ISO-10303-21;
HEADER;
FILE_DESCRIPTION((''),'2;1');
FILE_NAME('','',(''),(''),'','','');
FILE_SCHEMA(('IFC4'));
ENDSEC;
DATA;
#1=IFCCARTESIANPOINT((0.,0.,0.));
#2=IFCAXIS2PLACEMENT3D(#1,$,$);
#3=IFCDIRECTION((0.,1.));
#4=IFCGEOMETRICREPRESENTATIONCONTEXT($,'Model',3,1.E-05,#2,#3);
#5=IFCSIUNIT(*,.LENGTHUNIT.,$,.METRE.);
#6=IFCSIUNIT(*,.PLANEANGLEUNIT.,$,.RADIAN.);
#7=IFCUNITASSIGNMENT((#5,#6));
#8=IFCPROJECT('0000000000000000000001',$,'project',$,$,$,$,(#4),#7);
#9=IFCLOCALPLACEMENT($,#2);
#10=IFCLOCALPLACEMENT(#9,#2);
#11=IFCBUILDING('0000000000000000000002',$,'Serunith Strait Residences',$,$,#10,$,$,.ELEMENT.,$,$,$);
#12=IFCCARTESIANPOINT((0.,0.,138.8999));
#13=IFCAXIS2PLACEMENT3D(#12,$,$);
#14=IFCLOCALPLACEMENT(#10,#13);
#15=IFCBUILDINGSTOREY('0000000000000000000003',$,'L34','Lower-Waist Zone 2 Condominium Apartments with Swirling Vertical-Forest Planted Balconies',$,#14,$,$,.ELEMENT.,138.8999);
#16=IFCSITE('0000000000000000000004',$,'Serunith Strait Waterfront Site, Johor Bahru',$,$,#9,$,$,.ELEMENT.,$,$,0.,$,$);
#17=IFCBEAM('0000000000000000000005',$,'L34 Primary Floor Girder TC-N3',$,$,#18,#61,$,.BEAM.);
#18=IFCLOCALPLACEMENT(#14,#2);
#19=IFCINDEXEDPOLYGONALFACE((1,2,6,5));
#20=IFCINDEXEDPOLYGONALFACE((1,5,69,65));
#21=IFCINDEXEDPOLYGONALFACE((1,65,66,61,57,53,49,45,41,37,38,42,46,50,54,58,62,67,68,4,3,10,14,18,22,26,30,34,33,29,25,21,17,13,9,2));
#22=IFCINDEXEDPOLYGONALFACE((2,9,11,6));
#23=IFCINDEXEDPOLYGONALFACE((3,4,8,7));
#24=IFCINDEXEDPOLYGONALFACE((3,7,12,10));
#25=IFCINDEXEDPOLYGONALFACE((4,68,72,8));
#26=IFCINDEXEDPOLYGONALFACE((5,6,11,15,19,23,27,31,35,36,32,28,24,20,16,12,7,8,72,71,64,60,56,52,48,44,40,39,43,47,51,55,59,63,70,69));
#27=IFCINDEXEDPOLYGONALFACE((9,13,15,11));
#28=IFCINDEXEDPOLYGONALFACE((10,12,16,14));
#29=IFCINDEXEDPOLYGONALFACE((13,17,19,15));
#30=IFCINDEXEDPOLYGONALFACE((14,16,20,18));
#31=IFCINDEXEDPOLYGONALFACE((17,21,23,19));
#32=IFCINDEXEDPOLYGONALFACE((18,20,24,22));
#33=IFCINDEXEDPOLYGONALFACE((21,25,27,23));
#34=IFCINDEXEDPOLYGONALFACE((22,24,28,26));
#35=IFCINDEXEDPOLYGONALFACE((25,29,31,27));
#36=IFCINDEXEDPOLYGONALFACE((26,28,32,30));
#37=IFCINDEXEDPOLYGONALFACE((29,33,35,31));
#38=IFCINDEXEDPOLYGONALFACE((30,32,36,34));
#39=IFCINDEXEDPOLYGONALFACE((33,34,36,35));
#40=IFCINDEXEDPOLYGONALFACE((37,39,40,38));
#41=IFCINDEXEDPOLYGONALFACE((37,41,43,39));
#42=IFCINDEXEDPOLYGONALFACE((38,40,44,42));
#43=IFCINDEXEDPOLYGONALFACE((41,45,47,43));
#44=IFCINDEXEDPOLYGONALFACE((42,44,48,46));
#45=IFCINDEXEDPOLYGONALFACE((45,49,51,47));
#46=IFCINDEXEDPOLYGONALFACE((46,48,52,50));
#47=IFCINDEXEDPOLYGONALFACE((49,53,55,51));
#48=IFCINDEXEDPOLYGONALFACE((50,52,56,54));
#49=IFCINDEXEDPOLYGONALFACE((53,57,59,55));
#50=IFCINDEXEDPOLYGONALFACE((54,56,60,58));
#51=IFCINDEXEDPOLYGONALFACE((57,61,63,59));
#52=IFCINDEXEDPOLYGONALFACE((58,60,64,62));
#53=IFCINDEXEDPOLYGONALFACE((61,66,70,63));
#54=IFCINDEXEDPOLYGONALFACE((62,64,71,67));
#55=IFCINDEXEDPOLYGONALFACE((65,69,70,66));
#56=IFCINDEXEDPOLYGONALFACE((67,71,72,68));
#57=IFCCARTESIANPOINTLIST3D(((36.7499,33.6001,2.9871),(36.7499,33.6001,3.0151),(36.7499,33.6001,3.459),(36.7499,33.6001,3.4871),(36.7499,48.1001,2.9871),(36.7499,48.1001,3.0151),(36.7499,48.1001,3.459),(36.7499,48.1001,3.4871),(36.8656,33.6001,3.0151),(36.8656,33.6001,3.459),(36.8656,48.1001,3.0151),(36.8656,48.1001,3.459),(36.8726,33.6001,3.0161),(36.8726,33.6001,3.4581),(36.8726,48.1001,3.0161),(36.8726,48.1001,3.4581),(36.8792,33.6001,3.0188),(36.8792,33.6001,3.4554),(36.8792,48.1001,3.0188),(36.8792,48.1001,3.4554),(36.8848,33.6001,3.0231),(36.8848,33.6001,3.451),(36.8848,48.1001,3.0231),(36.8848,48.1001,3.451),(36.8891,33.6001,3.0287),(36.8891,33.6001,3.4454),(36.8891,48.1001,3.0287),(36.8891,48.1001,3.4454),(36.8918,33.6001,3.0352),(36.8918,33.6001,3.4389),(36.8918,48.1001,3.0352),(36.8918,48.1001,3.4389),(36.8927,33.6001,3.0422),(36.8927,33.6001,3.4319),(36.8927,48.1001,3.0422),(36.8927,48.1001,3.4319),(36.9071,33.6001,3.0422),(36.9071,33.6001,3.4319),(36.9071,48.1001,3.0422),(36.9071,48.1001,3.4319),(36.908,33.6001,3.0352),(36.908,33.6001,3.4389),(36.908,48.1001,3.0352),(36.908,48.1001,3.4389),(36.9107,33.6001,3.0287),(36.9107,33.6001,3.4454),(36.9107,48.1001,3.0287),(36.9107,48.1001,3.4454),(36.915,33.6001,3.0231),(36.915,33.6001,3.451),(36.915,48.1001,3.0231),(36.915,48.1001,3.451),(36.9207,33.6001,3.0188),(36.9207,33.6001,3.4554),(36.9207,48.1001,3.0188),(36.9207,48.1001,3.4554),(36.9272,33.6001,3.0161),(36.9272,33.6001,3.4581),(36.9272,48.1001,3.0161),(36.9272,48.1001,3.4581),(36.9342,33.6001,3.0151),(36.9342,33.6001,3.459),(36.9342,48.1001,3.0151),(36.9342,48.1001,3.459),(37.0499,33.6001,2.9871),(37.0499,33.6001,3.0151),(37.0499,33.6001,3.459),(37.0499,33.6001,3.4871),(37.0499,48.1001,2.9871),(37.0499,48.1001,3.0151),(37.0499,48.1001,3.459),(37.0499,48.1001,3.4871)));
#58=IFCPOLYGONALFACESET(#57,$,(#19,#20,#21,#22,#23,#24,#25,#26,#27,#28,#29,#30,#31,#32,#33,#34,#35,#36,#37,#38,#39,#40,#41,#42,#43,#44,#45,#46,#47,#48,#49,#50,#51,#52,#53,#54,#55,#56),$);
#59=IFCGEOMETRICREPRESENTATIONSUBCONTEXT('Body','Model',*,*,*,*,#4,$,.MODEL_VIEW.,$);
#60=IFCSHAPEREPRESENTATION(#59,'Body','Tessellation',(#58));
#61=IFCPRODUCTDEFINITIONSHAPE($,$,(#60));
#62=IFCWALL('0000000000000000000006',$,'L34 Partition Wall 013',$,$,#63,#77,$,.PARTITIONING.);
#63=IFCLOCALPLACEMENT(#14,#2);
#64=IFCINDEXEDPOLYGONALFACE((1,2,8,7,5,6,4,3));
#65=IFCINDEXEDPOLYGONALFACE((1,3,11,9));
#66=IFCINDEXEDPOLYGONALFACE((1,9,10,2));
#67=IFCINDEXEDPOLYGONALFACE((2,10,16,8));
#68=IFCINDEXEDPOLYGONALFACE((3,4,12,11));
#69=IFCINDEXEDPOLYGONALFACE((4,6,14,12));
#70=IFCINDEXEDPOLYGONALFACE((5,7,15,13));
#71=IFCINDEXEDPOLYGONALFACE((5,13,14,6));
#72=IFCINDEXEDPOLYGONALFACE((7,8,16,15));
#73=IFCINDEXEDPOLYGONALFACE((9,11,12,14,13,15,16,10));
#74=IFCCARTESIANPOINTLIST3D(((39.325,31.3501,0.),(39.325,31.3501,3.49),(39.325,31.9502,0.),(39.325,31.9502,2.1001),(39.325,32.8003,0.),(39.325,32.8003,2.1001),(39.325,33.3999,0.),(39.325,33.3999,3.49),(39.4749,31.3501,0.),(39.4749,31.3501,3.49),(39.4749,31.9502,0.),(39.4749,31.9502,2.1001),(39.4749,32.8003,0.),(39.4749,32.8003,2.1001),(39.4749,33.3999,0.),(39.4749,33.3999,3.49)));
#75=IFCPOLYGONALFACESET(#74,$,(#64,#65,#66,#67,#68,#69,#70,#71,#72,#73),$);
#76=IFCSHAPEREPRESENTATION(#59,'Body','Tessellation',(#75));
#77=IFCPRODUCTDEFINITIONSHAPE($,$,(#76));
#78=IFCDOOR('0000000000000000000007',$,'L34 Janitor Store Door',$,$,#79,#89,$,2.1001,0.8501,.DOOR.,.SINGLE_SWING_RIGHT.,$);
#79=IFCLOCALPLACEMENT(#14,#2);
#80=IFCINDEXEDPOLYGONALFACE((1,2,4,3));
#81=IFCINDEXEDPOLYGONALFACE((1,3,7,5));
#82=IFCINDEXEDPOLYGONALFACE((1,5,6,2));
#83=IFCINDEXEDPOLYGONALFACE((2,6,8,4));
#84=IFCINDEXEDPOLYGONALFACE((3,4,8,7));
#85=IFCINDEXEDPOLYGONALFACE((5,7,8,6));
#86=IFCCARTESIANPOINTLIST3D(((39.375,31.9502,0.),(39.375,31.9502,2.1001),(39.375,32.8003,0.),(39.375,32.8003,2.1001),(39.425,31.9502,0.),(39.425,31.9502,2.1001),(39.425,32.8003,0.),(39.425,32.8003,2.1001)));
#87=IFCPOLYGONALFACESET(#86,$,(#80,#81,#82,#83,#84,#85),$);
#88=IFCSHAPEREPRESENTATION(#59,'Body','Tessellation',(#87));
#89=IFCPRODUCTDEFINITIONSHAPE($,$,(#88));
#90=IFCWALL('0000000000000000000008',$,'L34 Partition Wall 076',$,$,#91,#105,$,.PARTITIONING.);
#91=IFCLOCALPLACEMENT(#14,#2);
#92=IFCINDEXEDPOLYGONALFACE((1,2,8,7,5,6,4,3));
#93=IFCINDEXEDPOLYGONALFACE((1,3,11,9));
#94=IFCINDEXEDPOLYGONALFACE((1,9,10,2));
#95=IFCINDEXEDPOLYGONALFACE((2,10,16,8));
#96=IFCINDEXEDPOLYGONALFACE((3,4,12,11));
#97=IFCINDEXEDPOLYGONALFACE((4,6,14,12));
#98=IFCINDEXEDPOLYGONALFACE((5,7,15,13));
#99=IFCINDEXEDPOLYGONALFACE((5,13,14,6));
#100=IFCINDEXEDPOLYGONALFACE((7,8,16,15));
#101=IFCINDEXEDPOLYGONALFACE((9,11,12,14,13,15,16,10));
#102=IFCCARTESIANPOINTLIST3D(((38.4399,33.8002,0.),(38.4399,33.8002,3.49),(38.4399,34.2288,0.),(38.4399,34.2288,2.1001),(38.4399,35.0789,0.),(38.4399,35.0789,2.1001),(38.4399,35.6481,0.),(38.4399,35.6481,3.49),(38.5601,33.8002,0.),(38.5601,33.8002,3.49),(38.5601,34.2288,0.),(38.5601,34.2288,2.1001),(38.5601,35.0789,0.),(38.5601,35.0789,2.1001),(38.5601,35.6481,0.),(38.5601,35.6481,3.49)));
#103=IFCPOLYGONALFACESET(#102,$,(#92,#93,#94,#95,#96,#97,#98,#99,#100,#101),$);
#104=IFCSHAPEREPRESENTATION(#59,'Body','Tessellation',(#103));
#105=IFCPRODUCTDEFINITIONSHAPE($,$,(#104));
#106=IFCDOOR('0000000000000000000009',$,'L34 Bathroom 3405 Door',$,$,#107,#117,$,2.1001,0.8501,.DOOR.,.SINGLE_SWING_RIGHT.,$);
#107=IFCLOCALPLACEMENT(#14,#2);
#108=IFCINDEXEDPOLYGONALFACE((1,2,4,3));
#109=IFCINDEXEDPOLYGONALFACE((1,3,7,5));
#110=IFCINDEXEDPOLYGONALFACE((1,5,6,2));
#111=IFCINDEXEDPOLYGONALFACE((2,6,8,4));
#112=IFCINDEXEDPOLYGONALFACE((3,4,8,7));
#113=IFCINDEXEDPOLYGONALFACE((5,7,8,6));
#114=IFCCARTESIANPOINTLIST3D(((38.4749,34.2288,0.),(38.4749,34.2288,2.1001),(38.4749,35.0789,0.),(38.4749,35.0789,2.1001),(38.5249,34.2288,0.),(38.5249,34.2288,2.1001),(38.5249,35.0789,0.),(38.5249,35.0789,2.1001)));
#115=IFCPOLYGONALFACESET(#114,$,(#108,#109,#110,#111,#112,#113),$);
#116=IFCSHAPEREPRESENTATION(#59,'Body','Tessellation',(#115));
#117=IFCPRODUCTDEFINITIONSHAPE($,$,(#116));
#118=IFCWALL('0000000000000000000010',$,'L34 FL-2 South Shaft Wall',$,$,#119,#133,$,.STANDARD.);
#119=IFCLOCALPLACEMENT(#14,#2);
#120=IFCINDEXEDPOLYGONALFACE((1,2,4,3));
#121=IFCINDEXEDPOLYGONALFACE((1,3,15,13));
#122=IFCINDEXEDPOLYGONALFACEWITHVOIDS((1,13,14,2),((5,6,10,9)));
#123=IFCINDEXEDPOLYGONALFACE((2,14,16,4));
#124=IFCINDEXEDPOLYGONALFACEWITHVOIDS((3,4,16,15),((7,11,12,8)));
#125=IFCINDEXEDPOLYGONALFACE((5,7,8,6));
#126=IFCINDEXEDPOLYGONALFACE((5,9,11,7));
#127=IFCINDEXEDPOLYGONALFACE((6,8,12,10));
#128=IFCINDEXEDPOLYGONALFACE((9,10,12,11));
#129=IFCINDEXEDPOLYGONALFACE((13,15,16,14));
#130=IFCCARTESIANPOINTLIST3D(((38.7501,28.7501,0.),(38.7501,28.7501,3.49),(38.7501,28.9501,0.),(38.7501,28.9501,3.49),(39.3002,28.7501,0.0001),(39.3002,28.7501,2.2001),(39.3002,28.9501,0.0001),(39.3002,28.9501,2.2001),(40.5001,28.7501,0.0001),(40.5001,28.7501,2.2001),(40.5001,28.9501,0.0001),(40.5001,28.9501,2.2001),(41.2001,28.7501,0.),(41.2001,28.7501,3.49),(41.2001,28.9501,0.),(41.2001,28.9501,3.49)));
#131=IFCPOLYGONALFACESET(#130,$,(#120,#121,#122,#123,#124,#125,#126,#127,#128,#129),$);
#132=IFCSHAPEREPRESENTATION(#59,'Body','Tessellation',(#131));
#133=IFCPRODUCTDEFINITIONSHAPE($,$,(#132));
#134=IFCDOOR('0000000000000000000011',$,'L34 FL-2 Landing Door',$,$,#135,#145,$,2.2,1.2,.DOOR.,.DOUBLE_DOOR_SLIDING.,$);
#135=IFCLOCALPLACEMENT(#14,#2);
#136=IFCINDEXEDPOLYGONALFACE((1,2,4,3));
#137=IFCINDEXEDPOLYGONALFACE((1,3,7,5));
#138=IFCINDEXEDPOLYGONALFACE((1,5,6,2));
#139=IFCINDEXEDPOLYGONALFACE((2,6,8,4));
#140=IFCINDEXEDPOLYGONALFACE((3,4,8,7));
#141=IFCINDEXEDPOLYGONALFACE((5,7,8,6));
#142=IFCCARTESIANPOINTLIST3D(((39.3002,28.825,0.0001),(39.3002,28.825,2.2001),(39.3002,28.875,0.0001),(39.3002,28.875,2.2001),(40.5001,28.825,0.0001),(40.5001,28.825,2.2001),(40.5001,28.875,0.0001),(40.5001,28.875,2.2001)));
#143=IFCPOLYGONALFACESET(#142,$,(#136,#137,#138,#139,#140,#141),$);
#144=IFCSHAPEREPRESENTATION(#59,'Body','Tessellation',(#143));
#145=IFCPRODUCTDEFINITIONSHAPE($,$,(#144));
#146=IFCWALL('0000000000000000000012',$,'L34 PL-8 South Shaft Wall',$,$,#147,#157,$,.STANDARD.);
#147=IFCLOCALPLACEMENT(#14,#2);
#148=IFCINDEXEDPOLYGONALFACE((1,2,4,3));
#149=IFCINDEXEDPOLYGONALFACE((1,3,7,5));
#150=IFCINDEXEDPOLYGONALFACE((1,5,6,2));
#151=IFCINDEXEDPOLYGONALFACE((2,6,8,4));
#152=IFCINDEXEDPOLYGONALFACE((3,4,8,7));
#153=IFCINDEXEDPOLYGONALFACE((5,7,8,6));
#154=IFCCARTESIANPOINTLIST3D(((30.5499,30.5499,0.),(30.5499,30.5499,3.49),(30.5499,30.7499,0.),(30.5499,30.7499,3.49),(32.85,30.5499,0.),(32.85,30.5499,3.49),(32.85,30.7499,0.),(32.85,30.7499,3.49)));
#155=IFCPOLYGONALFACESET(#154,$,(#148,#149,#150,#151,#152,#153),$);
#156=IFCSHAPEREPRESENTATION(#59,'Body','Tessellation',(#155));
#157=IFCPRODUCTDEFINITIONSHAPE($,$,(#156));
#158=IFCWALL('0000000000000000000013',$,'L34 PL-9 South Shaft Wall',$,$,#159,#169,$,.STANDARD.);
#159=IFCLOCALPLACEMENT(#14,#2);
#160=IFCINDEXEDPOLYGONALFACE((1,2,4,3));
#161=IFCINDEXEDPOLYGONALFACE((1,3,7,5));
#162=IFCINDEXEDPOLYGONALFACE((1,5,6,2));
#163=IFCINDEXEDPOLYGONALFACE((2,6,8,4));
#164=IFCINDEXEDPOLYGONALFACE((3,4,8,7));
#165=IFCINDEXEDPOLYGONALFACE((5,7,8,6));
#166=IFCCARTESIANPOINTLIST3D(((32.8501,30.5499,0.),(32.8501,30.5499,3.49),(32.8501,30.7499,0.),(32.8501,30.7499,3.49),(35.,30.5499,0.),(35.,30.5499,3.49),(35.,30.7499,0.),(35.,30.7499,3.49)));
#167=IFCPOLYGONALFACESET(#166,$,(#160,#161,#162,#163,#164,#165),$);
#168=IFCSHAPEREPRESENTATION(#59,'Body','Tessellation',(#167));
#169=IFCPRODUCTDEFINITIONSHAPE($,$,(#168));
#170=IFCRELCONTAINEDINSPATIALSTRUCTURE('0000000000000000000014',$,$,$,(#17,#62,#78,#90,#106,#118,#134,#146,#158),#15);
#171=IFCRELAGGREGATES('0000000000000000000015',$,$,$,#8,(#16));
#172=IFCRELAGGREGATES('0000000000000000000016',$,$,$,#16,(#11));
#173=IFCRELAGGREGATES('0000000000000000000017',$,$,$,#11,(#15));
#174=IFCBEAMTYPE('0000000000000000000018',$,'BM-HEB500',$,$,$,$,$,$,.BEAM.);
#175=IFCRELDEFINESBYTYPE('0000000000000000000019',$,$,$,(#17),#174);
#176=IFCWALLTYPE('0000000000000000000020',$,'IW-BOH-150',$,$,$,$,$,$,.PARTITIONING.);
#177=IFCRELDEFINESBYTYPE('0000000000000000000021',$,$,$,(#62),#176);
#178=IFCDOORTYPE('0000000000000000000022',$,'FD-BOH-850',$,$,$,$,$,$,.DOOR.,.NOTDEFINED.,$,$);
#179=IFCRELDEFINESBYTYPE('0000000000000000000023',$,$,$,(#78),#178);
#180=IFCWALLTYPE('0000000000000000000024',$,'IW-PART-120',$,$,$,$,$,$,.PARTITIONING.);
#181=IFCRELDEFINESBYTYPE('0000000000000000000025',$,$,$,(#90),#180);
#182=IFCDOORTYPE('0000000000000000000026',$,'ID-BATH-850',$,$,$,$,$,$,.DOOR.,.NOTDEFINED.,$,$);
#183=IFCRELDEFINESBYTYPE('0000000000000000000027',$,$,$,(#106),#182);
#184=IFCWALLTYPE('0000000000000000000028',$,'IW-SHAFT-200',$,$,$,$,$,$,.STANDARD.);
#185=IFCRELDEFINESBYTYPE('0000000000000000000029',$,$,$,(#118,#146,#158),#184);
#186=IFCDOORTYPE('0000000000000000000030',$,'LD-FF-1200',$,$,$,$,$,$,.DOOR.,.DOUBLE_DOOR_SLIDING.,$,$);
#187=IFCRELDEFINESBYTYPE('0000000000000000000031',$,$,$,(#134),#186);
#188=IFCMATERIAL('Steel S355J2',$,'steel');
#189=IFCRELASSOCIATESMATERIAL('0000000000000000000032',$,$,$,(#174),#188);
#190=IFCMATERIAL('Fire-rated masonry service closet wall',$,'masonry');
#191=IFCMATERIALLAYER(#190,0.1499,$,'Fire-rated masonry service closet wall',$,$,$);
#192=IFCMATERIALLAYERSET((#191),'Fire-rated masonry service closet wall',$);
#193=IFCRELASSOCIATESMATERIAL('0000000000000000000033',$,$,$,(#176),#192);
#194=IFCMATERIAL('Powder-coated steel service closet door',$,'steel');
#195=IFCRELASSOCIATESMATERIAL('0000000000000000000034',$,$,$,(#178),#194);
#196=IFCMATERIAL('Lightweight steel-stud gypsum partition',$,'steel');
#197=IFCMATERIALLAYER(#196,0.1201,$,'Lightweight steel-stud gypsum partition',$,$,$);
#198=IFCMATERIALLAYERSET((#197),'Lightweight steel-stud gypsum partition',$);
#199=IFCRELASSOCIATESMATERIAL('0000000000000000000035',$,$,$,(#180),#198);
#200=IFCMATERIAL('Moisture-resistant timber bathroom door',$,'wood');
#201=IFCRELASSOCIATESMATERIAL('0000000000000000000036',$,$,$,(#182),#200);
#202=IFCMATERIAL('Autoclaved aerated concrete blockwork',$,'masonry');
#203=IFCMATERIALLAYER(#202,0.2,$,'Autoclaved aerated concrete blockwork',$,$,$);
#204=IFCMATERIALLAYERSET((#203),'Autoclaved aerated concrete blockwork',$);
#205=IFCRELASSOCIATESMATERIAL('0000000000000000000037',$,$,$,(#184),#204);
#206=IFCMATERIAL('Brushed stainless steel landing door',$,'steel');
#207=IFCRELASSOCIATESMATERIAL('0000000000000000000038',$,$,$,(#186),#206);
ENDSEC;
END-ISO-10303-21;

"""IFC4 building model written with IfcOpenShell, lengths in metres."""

from ifc_helpers import new_model, si_unit, direction, frame, frame_2d, origin, origin_2d, place, context, subcontext, project, spatial, rectangle, i_section, extrude, source, transform, mapped, material, layer, layer_set, material_profile, profile_set, type_object, element, fill, save


model = new_model("IFC4")

# Units and contexts
model_context = context("Model", 3, precision=1e-05, world=origin(), true_north=direction((0.0, 1.0)))
body_context = subcontext(model_context, "Body", "Model", "MODEL_VIEW")
ifc_project = project(units=[si_unit("LENGTHUNIT", "METRE"), si_unit("PLANEANGLEUNIT", "RADIAN")], contexts=[model_context])

# Site, building, storey
site_placement = place(None, origin())
site = spatial("IfcSite", under=ifc_project, at=site_placement, Name="Serunith Strait Waterfront Site, Johor Bahru", CompositionType="ELEMENT", RefElevation=0.0)
building_placement = place(site_placement, origin())
building = spatial("IfcBuilding", under=site, at=building_placement, Name="Serunith Strait Residences", CompositionType="ELEMENT")
storey_placement = place(building_placement, frame((0.0, 0.0, 138.8999)))
storey = spatial("IfcBuildingStorey", under=building, at=storey_placement, Name="L34", Description="Lower-Waist Zone 2 Condominium Apartments with Swirling Vertical-Forest Planted Balconies", CompositionType="ELEMENT", Elevation=138.8999)

# Beam
ifc_material_1 = material(Name="Steel S355J2", Category="steel")
ifc_material_profile = material_profile(ifc_material_1, i_section(OverallWidth=0.3, OverallDepth=0.5, WebThickness=0.0144, FlangeThickness=0.0281, FilletRadius=0.0271, at=origin_2d()), Name="HEB 500")
ifc_profile_set = profile_set([ifc_material_profile], Name="Steel S355J2")
beam_type = type_object("IfcBeamType", Name="BM-HEB500", PredefinedType="BEAM", material=ifc_profile_set)
shared_shape_1 = source(origin(), body_context, "Body", "SweptSolid", [
    extrude(i_section(OverallWidth=0.3, OverallDepth=0.5, WebThickness=0.0144, FlangeThickness=0.0281, FilletRadius=0.0271, at=origin_2d()), origin(), (0.0, 0.0, 1.0), 14.5),
])
beam_placement = place(storey_placement, frame((36.8999, 33.6001, 3.2371), z_axis=(0.0, 1.0, 0.0), x_axis=(-1.0, 0.0, 0.0)))
element("IfcBeam", 1, at=beam_placement, inside=storey, type_object=beam_type, Name="L34 Primary Floor Girder TC-N3", PredefinedType="BEAM", context=body_context, shape_type="MappedRepresentation", body=[
    mapped(shared_shape_1, transform((0.0, 0.0, 0.0), scale=1.0)),
])

# Walls, openings, doors
ifc_material_2 = material(Name="Fire-rated masonry service closet wall", Category="masonry")
ifc_layer_1 = layer(ifc_material_2, 0.1499, Name="Fire-rated masonry service closet wall")
ifc_layer_set_1 = layer_set([ifc_layer_1], Name="Fire-rated masonry service closet wall")
wall_type_1 = type_object("IfcWallType", Name="IW-BOH-150", PredefinedType="PARTITIONING", material=ifc_layer_set_1)
wall_1_placement = place(storey_placement, frame((39.3999, 31.3501, 0.0), z_axis=(0.0, 0.0, 1.0), x_axis=(0.0, 1.0, 0.0)))
wall_1 = element("IfcWall", 2, at=wall_1_placement, inside=storey, type_object=wall_type_1, Name="L34 Partition Wall 013", PredefinedType="PARTITIONING", context=body_context, shape_type="SweptSolid", body=[
    extrude(rectangle(XDim=2.0498, YDim=0.1499, at=frame_2d((1.0249, 0.0))), origin(), (0.0, 0.0, 1.0), 3.49),
])
opening_1_placement = place(wall_1_placement, frame((0.6001, 0.0, 0.0)))
opening_1 = element("IfcOpeningElement", 3, at=opening_1_placement, cuts=wall_1, PredefinedType="OPENING", context=body_context, shape_type="SweptSolid", body=[
    extrude(rectangle(XDim=0.8501, YDim=2.1001, at=frame_2d((0.425, 1.05))), frame((0.0, 0.085, 0.0), z_axis=(0.0, -1.0, 0.0), x_axis=(1.0, 0.0, 0.0)), (0.0, 0.0, 1.0), 0.1699),
])
ifc_material_3 = material(Name="Powder-coated steel service closet door", Category="steel")
door_type_1 = type_object("IfcDoorType", Name="FD-BOH-850", OperationType="NOTDEFINED", PredefinedType="DOOR", material=ifc_material_3)
shared_shape_2 = source(origin(), body_context, "Body", "SweptSolid", [
    extrude(rectangle(XDim=0.8501, YDim=2.1001, at=frame_2d((0.425, 1.05))), frame((0.0, 0.0249, 0.0), z_axis=(0.0, -1.0, 0.0), x_axis=(1.0, 0.0, 0.0)), (0.0, 0.0, 1.0), 0.05),
])
door_1_placement = place(opening_1_placement, origin())
door_1 = element("IfcDoor", 4, at=door_1_placement, inside=storey, type_object=door_type_1, Name="L34 Janitor Store Door", OperationType="SINGLE_SWING_RIGHT", OverallHeight=2.1001, OverallWidth=0.8501, PredefinedType="DOOR", context=body_context, shape_type="MappedRepresentation", body=[
    mapped(shared_shape_2, transform((0.0, 0.0, 0.0), scale=1.0)),
])
fill(opening_1, door_1)
ifc_material_4 = material(Name="Lightweight steel-stud gypsum partition", Category="steel")
ifc_layer_2 = layer(ifc_material_4, 0.1201, Name="Lightweight steel-stud gypsum partition")
ifc_layer_set_2 = layer_set([ifc_layer_2], Name="Lightweight steel-stud gypsum partition")
wall_type_2 = type_object("IfcWallType", Name="IW-PART-120", PredefinedType="PARTITIONING", material=ifc_layer_set_2)
wall_2_placement = place(storey_placement, frame((38.5, 35.6479, 0.0), z_axis=(0.0, 0.0, 1.0), x_axis=(0.0, -1.0, 0.0)))
wall_2 = element("IfcWall", 5, at=wall_2_placement, inside=storey, type_object=wall_type_2, Name="L34 Partition Wall 076", PredefinedType="PARTITIONING", context=body_context, shape_type="SweptSolid", body=[
    extrude(rectangle(XDim=1.8479, YDim=0.1201, at=frame_2d((0.9238, 0.0))), origin(), (0.0, 0.0, 1.0), 3.49),
])
opening_2_placement = place(wall_2_placement, frame((0.5691, 0.0, 0.0)))
opening_2 = element("IfcOpeningElement", 6, at=opening_2_placement, cuts=wall_2, PredefinedType="OPENING", context=body_context, shape_type="SweptSolid", body=[
    extrude(rectangle(XDim=0.8501, YDim=2.1001, at=frame_2d((0.425, 1.05))), frame((0.0, 0.0701, 0.0), z_axis=(0.0, -1.0, 0.0), x_axis=(1.0, 0.0, 0.0)), (0.0, 0.0, 1.0), 0.1401),
])
ifc_material_5 = material(Name="Moisture-resistant timber bathroom door", Category="wood")
door_type_2 = type_object("IfcDoorType", Name="ID-BATH-850", OperationType="NOTDEFINED", PredefinedType="DOOR", material=ifc_material_5)
door_2_placement = place(opening_2_placement, origin())
door_2 = element("IfcDoor", 7, at=door_2_placement, inside=storey, type_object=door_type_2, Name="L34 Bathroom 3405 Door", OperationType="SINGLE_SWING_RIGHT", OverallHeight=2.1001, OverallWidth=0.8501, PredefinedType="DOOR", context=body_context, shape_type="MappedRepresentation", body=[
    mapped(shared_shape_2, transform((0.0, 0.0, 0.0), scale=1.0)),
])
fill(opening_2, door_2)
ifc_material_6 = material(Name="Autoclaved aerated concrete blockwork", Category="masonry")
ifc_layer_3 = layer(ifc_material_6, 0.2, Name="Autoclaved aerated concrete blockwork")
ifc_layer_set_3 = layer_set([ifc_layer_3], Name="Autoclaved aerated concrete blockwork")
wall_type_3 = type_object("IfcWallType", Name="IW-SHAFT-200", PredefinedType="STANDARD", material=ifc_layer_set_3)
wall_3_placement = place(storey_placement, frame((38.75, 28.8501, 0.0), z_axis=(0.0, 0.0, 1.0), x_axis=(1.0, 0.0, 0.0)))
wall_3 = element("IfcWall", 8, at=wall_3_placement, inside=storey, type_object=wall_type_3, Name="L34 FL-2 South Shaft Wall", PredefinedType="STANDARD", context=body_context, shape_type="SweptSolid", body=[
    extrude(rectangle(XDim=2.45, YDim=0.2, at=frame_2d((1.2251, 0.0))), origin(), (0.0, 0.0, 1.0), 3.49),
])
opening_3_placement = place(wall_3_placement, frame((0.55, 0.0, 0.0)))
opening_3 = element("IfcOpeningElement", 9, at=opening_3_placement, cuts=wall_3, PredefinedType="OPENING", context=body_context, shape_type="SweptSolid", body=[
    extrude(rectangle(XDim=1.2, YDim=2.2, at=frame_2d((0.6001, 1.1001))), frame((0.0, 0.1099, 0.0), z_axis=(0.0, -1.0, 0.0), x_axis=(1.0, 0.0, 0.0)), (0.0, 0.0, 1.0), 0.22),
])
ifc_material_7 = material(Name="Brushed stainless steel landing door", Category="steel")
door_type_3 = type_object("IfcDoorType", Name="LD-FF-1200", OperationType="DOUBLE_DOOR_SLIDING", PredefinedType="DOOR", material=ifc_material_7)
shared_shape_3 = source(origin(), body_context, "Body", "SweptSolid", [
    extrude(rectangle(XDim=1.2, YDim=2.2, at=frame_2d((0.6001, 1.1001))), frame((0.0, 0.0249, 0.0), z_axis=(0.0, -1.0, 0.0), x_axis=(1.0, 0.0, 0.0)), (0.0, 0.0, 1.0), 0.05),
])
door_3_placement = place(opening_3_placement, origin())
door_3 = element("IfcDoor", 10, at=door_3_placement, inside=storey, type_object=door_type_3, Name="L34 FL-2 Landing Door", OperationType="DOUBLE_DOOR_SLIDING", OverallHeight=2.2, OverallWidth=1.2, PredefinedType="DOOR", context=body_context, shape_type="MappedRepresentation", body=[
    mapped(shared_shape_3, transform((0.0, 0.0, 0.0), scale=1.0)),
])
fill(opening_3, door_3)

# Walls
wall_4_placement = place(storey_placement, frame((30.55, 30.6499, 0.0), z_axis=(0.0, 0.0, 1.0), x_axis=(1.0, 0.0, 0.0)))
element("IfcWall", 11, at=wall_4_placement, inside=storey, type_object=wall_type_3, Name="L34 PL-8 South Shaft Wall", PredefinedType="STANDARD", context=body_context, shape_type="SweptSolid", body=[
    extrude(rectangle(XDim=2.3, YDim=0.2, at=frame_2d((1.1499, 0.0))), origin(), (0.0, 0.0, 1.0), 3.49),
])
wall_5_placement = place(storey_placement, frame((32.8501, 30.6499, 0.0), z_axis=(0.0, 0.0, 1.0), x_axis=(1.0, 0.0, 0.0)))
element("IfcWall", 12, at=wall_5_placement, inside=storey, type_object=wall_type_3, Name="L34 PL-9 South Shaft Wall", PredefinedType="STANDARD", context=body_context, shape_type="SweptSolid", body=[
    extrude(rectangle(XDim=2.1499, YDim=0.2, at=frame_2d((1.075, 0.0))), origin(), (0.0, 0.0, 1.0), 3.49),
])

save(model, "model.ifc")
